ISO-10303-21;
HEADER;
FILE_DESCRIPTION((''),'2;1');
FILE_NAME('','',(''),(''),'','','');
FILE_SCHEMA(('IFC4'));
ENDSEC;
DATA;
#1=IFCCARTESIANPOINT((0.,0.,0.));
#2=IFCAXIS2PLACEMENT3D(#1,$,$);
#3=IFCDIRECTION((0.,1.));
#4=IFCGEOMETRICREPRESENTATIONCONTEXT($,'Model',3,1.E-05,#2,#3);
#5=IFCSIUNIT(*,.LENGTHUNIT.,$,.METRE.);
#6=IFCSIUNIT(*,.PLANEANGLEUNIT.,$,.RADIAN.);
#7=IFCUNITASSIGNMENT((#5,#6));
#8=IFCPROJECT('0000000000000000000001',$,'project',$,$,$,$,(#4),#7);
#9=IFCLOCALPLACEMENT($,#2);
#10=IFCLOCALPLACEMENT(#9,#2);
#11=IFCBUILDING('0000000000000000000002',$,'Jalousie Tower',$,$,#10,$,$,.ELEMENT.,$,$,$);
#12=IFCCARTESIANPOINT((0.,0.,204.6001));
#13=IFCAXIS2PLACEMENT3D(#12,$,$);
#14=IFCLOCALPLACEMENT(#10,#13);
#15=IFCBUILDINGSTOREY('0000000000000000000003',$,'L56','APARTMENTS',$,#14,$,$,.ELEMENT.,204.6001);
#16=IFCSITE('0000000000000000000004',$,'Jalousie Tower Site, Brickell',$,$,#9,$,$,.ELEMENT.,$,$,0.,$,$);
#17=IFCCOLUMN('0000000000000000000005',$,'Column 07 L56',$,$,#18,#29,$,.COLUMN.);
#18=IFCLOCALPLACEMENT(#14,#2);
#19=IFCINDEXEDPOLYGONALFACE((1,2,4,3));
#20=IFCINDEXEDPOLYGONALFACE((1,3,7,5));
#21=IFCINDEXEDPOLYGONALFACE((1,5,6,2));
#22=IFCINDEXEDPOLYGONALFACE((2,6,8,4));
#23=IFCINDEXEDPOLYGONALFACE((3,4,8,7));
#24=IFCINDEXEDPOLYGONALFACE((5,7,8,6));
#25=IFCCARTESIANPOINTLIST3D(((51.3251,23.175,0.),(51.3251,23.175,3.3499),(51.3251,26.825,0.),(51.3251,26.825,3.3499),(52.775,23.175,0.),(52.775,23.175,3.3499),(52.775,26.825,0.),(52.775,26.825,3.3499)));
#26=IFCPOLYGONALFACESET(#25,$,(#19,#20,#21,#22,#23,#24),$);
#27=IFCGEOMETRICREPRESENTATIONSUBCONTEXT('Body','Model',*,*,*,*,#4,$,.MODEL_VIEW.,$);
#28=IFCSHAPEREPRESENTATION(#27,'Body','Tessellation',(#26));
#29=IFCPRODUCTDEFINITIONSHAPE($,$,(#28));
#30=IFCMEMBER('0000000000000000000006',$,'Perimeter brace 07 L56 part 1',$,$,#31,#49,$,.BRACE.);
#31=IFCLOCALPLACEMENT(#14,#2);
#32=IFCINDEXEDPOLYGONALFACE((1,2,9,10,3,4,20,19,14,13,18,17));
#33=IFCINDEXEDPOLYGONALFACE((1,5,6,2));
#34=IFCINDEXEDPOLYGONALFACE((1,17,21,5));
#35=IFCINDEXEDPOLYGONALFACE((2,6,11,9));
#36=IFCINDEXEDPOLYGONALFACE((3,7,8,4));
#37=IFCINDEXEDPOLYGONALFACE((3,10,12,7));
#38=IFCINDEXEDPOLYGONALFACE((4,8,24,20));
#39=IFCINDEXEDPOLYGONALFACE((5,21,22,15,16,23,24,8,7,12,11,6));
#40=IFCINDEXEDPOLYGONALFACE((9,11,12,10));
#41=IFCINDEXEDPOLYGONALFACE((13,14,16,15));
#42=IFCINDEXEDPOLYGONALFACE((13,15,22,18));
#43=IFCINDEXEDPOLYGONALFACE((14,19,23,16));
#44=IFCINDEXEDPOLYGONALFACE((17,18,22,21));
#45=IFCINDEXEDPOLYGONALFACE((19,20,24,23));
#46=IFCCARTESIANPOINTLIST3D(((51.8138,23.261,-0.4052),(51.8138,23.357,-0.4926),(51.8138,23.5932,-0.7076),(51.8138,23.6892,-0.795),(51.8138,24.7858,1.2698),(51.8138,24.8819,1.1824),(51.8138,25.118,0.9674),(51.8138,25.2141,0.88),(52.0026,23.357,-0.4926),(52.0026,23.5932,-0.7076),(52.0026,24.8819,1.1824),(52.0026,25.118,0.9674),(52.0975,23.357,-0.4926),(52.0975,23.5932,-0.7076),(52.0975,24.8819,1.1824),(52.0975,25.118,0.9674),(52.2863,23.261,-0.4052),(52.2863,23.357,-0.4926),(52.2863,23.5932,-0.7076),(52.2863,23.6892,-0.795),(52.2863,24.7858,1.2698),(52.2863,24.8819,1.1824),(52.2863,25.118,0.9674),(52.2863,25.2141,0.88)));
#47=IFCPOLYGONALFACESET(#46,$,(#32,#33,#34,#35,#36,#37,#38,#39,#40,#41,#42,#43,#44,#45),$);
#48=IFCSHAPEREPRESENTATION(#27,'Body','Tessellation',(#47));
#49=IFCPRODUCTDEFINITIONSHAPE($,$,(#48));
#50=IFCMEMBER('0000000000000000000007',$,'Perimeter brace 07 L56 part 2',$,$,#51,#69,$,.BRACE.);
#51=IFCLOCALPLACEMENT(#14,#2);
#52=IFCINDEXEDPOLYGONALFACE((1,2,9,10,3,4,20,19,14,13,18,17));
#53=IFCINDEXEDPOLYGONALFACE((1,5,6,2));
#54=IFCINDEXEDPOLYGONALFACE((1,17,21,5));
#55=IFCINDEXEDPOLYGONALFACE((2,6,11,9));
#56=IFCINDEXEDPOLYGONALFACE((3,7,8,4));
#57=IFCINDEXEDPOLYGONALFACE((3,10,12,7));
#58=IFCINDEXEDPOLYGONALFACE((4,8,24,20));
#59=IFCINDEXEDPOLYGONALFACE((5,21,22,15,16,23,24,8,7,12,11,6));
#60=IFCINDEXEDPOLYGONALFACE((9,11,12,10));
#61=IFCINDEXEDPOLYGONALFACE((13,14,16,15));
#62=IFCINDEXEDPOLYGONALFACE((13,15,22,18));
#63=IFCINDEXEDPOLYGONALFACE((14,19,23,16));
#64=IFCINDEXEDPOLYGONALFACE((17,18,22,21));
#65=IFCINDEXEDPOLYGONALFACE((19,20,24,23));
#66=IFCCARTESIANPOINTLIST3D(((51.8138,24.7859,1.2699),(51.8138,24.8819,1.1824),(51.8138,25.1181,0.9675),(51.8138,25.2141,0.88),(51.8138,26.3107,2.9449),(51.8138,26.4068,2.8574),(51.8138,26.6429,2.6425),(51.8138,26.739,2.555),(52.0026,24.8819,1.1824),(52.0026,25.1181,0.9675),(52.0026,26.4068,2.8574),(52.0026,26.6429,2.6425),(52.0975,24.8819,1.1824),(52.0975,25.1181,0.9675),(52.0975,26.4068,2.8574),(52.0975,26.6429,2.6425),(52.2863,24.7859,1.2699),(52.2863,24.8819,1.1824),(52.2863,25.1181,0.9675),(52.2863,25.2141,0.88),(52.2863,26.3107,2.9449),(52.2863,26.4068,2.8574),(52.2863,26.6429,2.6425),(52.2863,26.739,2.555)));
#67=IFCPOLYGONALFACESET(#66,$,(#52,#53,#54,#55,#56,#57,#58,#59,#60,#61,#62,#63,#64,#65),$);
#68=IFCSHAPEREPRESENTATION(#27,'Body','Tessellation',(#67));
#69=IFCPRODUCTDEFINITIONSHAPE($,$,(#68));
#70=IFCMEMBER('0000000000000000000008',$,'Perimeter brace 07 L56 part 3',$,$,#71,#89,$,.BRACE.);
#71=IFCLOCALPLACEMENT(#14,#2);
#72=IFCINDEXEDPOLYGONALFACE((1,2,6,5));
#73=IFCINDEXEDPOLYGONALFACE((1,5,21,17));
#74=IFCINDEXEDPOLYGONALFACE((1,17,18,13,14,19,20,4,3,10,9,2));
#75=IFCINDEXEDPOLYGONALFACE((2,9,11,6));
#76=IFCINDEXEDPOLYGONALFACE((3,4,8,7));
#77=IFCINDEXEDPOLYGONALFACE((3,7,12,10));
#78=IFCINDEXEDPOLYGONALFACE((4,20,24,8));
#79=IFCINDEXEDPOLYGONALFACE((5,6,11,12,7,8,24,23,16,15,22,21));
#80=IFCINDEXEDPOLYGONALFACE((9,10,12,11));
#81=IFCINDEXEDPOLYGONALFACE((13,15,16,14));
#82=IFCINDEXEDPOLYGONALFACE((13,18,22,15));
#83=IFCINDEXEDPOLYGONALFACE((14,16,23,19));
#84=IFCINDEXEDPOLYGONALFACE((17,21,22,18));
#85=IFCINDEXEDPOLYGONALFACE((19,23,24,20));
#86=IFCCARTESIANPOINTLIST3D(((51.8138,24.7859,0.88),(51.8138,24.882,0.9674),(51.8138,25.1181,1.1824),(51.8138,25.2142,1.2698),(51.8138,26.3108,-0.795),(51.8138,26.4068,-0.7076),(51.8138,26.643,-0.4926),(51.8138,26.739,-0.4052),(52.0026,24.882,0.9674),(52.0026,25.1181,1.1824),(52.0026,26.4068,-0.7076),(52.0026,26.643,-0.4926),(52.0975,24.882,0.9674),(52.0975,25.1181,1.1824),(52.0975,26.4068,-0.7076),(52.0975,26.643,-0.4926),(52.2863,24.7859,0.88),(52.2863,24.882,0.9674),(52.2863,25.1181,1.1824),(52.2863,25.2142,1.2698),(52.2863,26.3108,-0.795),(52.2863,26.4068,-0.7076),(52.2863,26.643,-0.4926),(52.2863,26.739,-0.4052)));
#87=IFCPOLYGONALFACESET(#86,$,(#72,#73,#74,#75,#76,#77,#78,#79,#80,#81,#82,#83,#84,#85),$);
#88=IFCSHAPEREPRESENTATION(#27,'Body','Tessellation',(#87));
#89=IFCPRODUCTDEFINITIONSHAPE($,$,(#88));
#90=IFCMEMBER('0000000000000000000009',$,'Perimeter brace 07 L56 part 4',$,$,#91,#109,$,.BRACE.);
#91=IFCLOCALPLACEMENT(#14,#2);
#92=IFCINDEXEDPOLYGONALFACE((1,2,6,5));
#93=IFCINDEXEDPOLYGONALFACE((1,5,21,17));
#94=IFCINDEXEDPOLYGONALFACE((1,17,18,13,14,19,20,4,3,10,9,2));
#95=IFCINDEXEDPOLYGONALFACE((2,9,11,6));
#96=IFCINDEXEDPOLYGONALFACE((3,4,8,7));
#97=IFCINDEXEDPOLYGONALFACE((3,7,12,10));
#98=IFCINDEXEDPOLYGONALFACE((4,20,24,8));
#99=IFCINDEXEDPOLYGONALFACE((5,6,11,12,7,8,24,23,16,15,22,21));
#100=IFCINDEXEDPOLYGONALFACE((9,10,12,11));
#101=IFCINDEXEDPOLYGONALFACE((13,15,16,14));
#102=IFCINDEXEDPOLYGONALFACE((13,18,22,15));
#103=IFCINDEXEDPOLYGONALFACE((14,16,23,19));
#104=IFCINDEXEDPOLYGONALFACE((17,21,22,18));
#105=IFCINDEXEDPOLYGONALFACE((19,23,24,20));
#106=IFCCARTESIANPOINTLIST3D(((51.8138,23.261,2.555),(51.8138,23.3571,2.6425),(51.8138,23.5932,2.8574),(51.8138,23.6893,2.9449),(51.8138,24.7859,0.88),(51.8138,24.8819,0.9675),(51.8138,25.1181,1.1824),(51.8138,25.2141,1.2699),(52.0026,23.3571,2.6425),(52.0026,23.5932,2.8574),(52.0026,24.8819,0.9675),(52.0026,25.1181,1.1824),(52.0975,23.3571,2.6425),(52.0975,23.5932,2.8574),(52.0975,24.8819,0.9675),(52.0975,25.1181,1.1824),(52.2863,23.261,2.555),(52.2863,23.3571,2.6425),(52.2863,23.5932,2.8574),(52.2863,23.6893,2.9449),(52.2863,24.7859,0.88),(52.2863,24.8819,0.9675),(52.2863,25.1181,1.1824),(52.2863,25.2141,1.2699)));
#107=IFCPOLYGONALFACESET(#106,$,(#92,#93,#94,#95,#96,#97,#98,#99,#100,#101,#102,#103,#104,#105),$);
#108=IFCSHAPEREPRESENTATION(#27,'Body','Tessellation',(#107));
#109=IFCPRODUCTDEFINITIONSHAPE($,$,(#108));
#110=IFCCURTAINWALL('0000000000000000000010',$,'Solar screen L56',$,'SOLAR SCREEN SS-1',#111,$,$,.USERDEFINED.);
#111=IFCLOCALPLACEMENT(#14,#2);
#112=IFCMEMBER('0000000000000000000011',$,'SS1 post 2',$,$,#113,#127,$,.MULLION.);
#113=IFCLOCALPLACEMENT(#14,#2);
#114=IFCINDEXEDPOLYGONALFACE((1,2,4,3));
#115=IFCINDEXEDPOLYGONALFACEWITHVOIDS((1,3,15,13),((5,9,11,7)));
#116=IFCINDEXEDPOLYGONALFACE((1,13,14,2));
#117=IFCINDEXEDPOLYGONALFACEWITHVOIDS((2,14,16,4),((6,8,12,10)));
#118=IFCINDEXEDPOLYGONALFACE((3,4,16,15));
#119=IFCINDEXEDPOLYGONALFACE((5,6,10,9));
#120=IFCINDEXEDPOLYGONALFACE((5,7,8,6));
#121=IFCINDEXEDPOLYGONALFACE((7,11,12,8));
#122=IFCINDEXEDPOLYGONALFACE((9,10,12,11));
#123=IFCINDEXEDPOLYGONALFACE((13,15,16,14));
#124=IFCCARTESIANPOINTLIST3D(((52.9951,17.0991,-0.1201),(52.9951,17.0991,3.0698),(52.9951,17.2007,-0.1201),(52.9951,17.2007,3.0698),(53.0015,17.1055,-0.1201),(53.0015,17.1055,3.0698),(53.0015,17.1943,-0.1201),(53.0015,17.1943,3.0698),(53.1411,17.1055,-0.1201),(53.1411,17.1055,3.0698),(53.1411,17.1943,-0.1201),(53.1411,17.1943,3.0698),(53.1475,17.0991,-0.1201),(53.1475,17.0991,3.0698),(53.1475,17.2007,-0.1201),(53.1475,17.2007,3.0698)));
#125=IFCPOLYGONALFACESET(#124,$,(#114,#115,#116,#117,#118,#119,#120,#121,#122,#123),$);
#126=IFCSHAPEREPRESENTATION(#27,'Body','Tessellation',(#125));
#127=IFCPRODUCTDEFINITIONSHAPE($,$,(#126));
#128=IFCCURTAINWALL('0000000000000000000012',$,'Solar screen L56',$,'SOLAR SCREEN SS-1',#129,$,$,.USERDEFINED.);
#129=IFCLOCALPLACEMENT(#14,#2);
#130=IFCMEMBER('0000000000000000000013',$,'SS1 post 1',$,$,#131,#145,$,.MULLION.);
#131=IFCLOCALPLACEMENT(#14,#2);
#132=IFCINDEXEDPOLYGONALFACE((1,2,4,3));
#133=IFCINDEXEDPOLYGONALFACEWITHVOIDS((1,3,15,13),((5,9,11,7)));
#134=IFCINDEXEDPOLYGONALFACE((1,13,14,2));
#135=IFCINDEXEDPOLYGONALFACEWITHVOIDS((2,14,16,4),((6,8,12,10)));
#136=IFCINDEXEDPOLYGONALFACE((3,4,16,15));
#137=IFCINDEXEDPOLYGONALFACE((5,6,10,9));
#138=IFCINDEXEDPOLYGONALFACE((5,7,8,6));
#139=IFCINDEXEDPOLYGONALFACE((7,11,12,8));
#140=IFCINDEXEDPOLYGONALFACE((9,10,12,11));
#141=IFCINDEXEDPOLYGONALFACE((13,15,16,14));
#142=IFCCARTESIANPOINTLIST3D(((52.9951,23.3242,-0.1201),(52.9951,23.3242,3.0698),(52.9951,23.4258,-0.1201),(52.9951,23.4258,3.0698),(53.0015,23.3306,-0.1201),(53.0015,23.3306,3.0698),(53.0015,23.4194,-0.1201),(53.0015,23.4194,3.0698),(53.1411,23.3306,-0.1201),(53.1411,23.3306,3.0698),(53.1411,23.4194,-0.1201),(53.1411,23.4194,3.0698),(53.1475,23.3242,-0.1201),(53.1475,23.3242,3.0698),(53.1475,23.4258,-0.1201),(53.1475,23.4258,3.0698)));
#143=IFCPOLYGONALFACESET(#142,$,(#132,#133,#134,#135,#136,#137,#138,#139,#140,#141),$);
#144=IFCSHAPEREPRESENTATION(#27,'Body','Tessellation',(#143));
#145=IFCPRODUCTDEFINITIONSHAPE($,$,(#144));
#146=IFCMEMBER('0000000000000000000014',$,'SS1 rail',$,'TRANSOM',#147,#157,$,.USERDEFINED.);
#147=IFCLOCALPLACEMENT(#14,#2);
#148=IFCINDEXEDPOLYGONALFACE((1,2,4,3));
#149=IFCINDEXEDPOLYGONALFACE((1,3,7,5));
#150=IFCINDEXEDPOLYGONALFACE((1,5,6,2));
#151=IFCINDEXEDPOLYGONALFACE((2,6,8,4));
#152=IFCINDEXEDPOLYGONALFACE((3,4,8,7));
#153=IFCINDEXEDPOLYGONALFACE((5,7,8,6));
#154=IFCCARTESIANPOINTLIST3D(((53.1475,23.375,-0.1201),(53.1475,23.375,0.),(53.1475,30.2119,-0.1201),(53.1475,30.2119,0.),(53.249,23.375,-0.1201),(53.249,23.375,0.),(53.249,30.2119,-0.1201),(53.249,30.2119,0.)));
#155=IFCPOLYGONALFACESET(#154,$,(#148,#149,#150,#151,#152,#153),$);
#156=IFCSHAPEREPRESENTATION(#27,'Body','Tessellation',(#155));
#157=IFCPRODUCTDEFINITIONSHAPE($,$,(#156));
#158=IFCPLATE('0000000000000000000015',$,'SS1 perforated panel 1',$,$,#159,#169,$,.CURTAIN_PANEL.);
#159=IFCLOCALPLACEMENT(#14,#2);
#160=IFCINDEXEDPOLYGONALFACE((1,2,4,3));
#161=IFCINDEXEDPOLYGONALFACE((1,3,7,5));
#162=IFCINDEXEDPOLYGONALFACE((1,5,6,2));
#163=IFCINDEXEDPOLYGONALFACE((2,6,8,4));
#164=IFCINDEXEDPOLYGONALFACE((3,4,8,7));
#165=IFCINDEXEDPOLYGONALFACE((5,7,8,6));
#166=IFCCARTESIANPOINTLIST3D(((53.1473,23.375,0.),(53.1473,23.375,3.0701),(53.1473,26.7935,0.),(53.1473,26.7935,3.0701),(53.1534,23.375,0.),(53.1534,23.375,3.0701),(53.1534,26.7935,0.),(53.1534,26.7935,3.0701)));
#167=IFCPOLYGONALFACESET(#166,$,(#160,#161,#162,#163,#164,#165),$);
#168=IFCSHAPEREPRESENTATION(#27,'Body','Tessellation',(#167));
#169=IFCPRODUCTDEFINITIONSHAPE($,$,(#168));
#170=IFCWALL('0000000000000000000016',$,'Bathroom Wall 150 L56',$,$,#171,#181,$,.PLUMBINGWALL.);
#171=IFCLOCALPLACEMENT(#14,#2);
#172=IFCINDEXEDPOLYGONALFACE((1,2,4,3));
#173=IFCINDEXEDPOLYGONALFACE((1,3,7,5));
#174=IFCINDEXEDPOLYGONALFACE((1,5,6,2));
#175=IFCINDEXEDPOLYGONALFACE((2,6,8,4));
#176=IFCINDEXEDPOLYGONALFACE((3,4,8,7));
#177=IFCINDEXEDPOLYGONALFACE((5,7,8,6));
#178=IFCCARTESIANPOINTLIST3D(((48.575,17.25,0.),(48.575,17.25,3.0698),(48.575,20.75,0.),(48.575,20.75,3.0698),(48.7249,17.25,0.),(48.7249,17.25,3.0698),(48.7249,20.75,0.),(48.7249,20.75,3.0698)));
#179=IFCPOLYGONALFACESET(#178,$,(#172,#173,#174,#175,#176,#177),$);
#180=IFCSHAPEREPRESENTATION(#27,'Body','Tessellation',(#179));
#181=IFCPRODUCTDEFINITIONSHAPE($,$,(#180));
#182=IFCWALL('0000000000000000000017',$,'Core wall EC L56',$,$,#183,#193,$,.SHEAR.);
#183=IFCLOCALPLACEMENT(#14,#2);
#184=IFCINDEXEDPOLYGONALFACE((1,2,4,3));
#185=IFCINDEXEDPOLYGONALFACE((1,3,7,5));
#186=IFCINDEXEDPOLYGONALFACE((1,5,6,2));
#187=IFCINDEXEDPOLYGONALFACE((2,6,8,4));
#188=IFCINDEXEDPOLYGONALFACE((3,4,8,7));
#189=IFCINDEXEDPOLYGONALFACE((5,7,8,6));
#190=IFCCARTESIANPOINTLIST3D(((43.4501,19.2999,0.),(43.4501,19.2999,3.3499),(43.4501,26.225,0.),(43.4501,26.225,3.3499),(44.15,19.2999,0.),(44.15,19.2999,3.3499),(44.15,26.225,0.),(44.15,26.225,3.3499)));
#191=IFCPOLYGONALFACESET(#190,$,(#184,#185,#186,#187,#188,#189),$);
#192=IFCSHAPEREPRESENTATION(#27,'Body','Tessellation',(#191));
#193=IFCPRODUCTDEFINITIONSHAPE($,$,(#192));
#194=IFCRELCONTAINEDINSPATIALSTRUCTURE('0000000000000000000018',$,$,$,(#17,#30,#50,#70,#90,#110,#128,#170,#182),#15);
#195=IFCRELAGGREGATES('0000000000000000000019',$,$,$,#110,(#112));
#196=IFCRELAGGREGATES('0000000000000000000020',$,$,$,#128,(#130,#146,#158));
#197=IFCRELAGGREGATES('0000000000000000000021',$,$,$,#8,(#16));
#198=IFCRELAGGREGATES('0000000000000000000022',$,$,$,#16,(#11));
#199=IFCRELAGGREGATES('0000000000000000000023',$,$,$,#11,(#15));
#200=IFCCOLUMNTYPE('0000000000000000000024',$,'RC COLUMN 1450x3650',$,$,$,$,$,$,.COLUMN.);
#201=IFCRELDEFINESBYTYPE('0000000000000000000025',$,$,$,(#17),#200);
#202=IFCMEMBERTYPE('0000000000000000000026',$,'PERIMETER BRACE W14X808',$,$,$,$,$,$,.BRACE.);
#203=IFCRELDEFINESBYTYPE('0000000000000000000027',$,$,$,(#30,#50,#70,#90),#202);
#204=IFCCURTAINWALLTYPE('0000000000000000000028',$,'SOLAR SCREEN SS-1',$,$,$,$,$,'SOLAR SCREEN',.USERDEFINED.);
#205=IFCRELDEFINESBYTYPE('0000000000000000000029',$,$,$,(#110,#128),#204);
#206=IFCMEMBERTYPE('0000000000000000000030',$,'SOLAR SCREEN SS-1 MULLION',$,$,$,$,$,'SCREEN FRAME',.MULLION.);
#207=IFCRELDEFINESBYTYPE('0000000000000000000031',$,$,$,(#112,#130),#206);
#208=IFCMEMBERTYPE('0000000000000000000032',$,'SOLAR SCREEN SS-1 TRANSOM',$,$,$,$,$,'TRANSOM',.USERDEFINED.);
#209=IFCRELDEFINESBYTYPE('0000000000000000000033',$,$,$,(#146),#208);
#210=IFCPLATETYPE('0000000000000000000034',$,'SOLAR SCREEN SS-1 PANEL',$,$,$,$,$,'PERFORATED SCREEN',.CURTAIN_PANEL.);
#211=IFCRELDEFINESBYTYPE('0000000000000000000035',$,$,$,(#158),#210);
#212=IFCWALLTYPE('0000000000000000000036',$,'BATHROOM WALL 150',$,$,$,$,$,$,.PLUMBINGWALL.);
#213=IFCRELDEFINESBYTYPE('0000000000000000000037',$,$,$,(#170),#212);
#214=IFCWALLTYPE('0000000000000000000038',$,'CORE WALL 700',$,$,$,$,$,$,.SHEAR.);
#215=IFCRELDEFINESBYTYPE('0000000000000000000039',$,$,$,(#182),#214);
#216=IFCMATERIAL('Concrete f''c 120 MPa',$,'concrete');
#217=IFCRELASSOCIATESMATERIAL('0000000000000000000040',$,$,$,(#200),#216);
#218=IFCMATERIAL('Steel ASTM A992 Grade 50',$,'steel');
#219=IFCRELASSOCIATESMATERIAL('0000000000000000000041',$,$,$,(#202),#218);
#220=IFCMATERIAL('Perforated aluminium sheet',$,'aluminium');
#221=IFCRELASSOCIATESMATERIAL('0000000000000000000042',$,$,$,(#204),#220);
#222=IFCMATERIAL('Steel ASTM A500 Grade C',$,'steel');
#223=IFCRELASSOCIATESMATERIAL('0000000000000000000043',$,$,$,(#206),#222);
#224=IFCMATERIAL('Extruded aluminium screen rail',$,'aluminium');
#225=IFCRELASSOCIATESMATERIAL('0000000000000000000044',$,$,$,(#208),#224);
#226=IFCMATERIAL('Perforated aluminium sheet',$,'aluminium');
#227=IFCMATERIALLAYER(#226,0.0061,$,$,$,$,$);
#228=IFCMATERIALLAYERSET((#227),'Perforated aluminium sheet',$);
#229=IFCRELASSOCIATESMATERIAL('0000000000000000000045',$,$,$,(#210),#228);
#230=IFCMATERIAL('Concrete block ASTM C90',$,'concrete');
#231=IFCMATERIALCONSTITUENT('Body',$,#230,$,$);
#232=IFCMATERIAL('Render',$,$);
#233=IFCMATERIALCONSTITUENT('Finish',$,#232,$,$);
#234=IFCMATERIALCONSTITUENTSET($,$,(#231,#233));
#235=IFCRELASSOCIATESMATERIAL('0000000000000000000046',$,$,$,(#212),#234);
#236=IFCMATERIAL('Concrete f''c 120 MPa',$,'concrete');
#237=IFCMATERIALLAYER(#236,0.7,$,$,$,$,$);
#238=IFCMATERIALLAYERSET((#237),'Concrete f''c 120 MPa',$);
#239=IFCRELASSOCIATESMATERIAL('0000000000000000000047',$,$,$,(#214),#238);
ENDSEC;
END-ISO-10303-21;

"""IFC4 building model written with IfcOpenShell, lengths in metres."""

from ifc_helpers import new_model, si_unit, direction, frame, frame_2d, origin, origin_2d, place, context, subcontext, project, spatial, rectangle, hollow_rectangle, i_section, extrude, material, layer, layer_set, constituent, constituent_set, material_profile, profile_set, type_object, element, aggregate, save


model = new_model("IFC4")

# Units and contexts
model_context = context("Model", 3, precision=1e-05, world=origin(), true_north=direction((0.0, 1.0)))
body_context = subcontext(model_context, "Body", "Model", "MODEL_VIEW")
ifc_project = project(units=[si_unit("LENGTHUNIT", "METRE"), si_unit("PLANEANGLEUNIT", "RADIAN")], contexts=[model_context])

# Site, building, storey
site_placement = place(None, origin())
site = spatial("IfcSite", under=ifc_project, at=site_placement, Name="Jalousie Tower Site, Brickell", CompositionType="ELEMENT", RefElevation=0.0)
building_placement = place(site_placement, origin())
building = spatial("IfcBuilding", under=site, at=building_placement, Name="Jalousie Tower", CompositionType="ELEMENT")
storey_placement = place(building_placement, frame((0.0, 0.0, 204.6001)))
storey = spatial("IfcBuildingStorey", under=building, at=storey_placement, Name="L56", Description="APARTMENTS", CompositionType="ELEMENT", Elevation=204.6001)

# Column
ifc_material_1 = material(Name="Concrete f'c 120 MPa", Category="concrete")
ifc_material_profile_1 = material_profile(ifc_material_1, rectangle(XDim=1.45, YDim=3.6499, at=origin_2d()), Name="RC 1450x3650")
ifc_profile_set_1 = profile_set([ifc_material_profile_1], Name="Concrete f'c 120 MPa")
column_type = type_object("IfcColumnType", Name="RC COLUMN 1450x3650", PredefinedType="COLUMN", material=ifc_profile_set_1)
column_placement = place(storey_placement, frame((52.05, 25.0, 0.0), z_axis=(0.0, 0.0, 1.0), x_axis=(1.0, 0.0, 0.0)))
element("IfcColumn", 1, at=column_placement, inside=storey, type_object=column_type, Name="Column 07 L56", PredefinedType="COLUMN", context=body_context, shape_type="SweptSolid", body=[
    extrude(rectangle(XDim=1.45, YDim=3.6499, at=origin_2d()), origin(), (0.0, 0.0, 1.0), 3.3499),
])

# Members
ifc_material_2 = material(Name="Steel ASTM A992 Grade 50", Category="steel")
ifc_material_profile_2 = material_profile(ifc_material_2, i_section(OverallWidth=0.4724, OverallDepth=0.5791, WebThickness=0.095, FlangeThickness=0.1299, at=origin_2d()), Name="W14X808")
ifc_profile_set_2 = profile_set([ifc_material_profile_2], Name="Steel ASTM A992 Grade 50")
member_type_1 = type_object("IfcMemberType", Name="PERIMETER BRACE W14X808", PredefinedType="BRACE", material=ifc_profile_set_2)
for number, where, z_axis, x_axis, name in (
    (2, (52.05, 23.4751, -0.6001), (0.0, 0.673188, 0.739472), (-1.0, 0.0, 0.0), "Perimeter brace 07 L56 part 1"),
    (3, (52.05, 25.0, 1.075), (0.0, 0.673188, 0.739472), (-1.0, 0.0, 0.0), "Perimeter brace 07 L56 part 2"),
    (4, (52.05, 26.5249, -0.6001), (0.0, -0.673188, 0.739472), (1.0, 0.0, 0.0), "Perimeter brace 07 L56 part 3"),
    (5, (52.05, 25.0, 1.075), (0.0, -0.673188, 0.739472), (1.0, 0.0, 0.0), "Perimeter brace 07 L56 part 4"),
):
    element("IfcMember", number, at=place(storey_placement, frame(where, z_axis=z_axis, x_axis=x_axis)), inside=storey, type_object=member_type_1, Name=name, PredefinedType="BRACE", context=body_context, shape_type="SweptSolid", body=[
        extrude(i_section(OverallWidth=0.4724, OverallDepth=0.5791, WebThickness=0.095, FlangeThickness=0.1299, at=origin_2d()), origin(), (0.0, 0.0, 1.0), 2.2651),
    ])

# Curtain wall, member
ifc_material_3 = material(Name="Perforated aluminium sheet", Category="aluminium")
curtain_wall_type = type_object("IfcCurtainWallType", Name="SOLAR SCREEN SS-1", ElementType="SOLAR SCREEN", PredefinedType="USERDEFINED", material=ifc_material_3)
curtain_wall_1_placement = place(storey_placement, origin())
curtain_wall_1 = element("IfcCurtainWall", 6, at=curtain_wall_1_placement, inside=storey, type_object=curtain_wall_type, Name="Solar screen L56", ObjectType="SOLAR SCREEN SS-1", PredefinedType="USERDEFINED")
ifc_material_4 = material(Name="Steel ASTM A500 Grade C", Category="steel")
ifc_material_profile_3 = material_profile(ifc_material_4, hollow_rectangle(XDim=0.1016, YDim=0.1523, WallThickness=0.0063, at=origin_2d()), Name="HSS6X4X1/4")
ifc_profile_set_3 = profile_set([ifc_material_profile_3], Name="Steel ASTM A500 Grade C")
member_type_2 = type_object("IfcMemberType", Name="SOLAR SCREEN SS-1 MULLION", ElementType="SCREEN FRAME", PredefinedType="MULLION", material=ifc_profile_set_3)
member_1_placement = place(storey_placement, frame((53.0713, 17.1499, -0.1201), z_axis=(0.0, 0.0, 1.0), x_axis=(0.0, 1.0, 0.0)))
member_1 = element("IfcMember", 7, at=member_1_placement, type_object=member_type_2, Name="SS1 post 2", PredefinedType="MULLION", context=body_context, shape_type="SweptSolid", body=[
    extrude(hollow_rectangle(XDim=0.1016, YDim=0.1523, WallThickness=0.0063, at=origin_2d()), origin(), (0.0, 0.0, 1.0), 3.1899),
])
aggregate(curtain_wall_1, [member_1])

# Curtain wall, members, plate
curtain_wall_2_placement = place(storey_placement, origin())
curtain_wall_2 = element("IfcCurtainWall", 8, at=curtain_wall_2_placement, inside=storey, type_object=curtain_wall_type, Name="Solar screen L56", ObjectType="SOLAR SCREEN SS-1", PredefinedType="USERDEFINED")
member_2_placement = place(storey_placement, frame((53.0713, 23.375, -0.1201), z_axis=(0.0, 0.0, 1.0), x_axis=(0.0, 1.0, 0.0)))
member_2 = element("IfcMember", 9, at=member_2_placement, type_object=member_type_2, Name="SS1 post 1", PredefinedType="MULLION", context=body_context, shape_type="SweptSolid", body=[
    extrude(hollow_rectangle(XDim=0.1016, YDim=0.1523, WallThickness=0.0063, at=origin_2d()), origin(), (0.0, 0.0, 1.0), 3.1899),
])
ifc_material_5 = material(Name="Extruded aluminium screen rail", Category="aluminium")
ifc_material_profile_4 = material_profile(ifc_material_5, rectangle(XDim=0.1016, YDim=0.1201, at=origin_2d()), Name="RAIL 102x120")
ifc_profile_set_4 = profile_set([ifc_material_profile_4], Name="Extruded aluminium screen rail")
member_type_3 = type_object("IfcMemberType", Name="SOLAR SCREEN SS-1 TRANSOM", ElementType="TRANSOM", PredefinedType="USERDEFINED", material=ifc_profile_set_4)
member_3_placement = place(storey_placement, frame((53.1982, 23.375, -0.0601), z_axis=(0.0, 1.0, 0.0), x_axis=(-1.0, 0.0, 0.0)))
member_3 = element("IfcMember", 10, at=member_3_placement, type_object=member_type_3, Name="SS1 rail", ObjectType="TRANSOM", PredefinedType="USERDEFINED", context=body_context, shape_type="SweptSolid", body=[
    extrude(rectangle(XDim=0.1016, YDim=0.1201, at=origin_2d()), origin(), (0.0, 0.0, 1.0), 6.8369),
])
ifc_material_6 = material(Name="Perforated aluminium sheet", Category="aluminium")
ifc_layer_1 = layer(ifc_material_6, 0.0061)
ifc_layer_set_1 = layer_set([ifc_layer_1], Name="Perforated aluminium sheet")
plate_type = type_object("IfcPlateType", Name="SOLAR SCREEN SS-1 PANEL", ElementType="PERFORATED SCREEN", PredefinedType="CURTAIN_PANEL", material=ifc_layer_set_1)
plate_placement = place(storey_placement, frame((53.1504, 25.0842, 0.0), z_axis=(0.0, 0.0, 1.0), x_axis=(0.0, 1.0, 0.0)))
plate = element("IfcPlate", 11, at=plate_placement, type_object=plate_type, Name="SS1 perforated panel 1", PredefinedType="CURTAIN_PANEL", context=body_context, shape_type="SweptSolid", body=[
    extrude(rectangle(XDim=3.4185, YDim=0.0061, at=origin_2d()), origin(), (0.0, 0.0, 1.0), 3.0701),
])
aggregate(curtain_wall_2, [member_2, member_3, plate])

# Walls
ifc_material_7 = material(Name="Concrete block ASTM C90", Category="concrete")
ifc_constituent_1 = constituent(ifc_material_7, Name="Body")
ifc_material_8 = material(Name="Render")
ifc_constituent_2 = constituent(ifc_material_8, Name="Finish")
ifc_constituent_set_1 = constituent_set(constituents=[ifc_constituent_1, ifc_constituent_2])
wall_type_1 = type_object("IfcWallType", Name="BATHROOM WALL 150", PredefinedType="PLUMBINGWALL", material=ifc_constituent_set_1)
wall_1_placement = place(storey_placement, frame((48.6499, 17.25, 0.0), z_axis=(0.0, 0.0, 1.0), x_axis=(0.0, 1.0, 0.0)))
element("IfcWall", 12, at=wall_1_placement, inside=storey, type_object=wall_type_1, Name="Bathroom Wall 150 L56", PredefinedType="PLUMBINGWALL", context=body_context, shape_type="SweptSolid", body=[
    extrude(rectangle(XDim=3.5, YDim=0.1499, at=frame_2d((1.75, 0.0))), origin(), (0.0, 0.0, 1.0), 3.0698),
])
ifc_material_9 = material(Name="Concrete f'c 120 MPa", Category="concrete")
ifc_layer_2 = layer(ifc_material_9, 0.7)
ifc_layer_set_2 = layer_set([ifc_layer_2], Name="Concrete f'c 120 MPa")
wall_type_2 = type_object("IfcWallType", Name="CORE WALL 700", PredefinedType="SHEAR", material=ifc_layer_set_2)
wall_2_placement = place(storey_placement, frame((43.8, 19.3, 0.0), z_axis=(0.0, 0.0, 1.0), x_axis=(0.0, 1.0, 0.0)))
element("IfcWall", 13, at=wall_2_placement, inside=storey, type_object=wall_type_2, Name="Core wall EC L56", PredefinedType="SHEAR", context=body_context, shape_type="SweptSolid", body=[
    extrude(rectangle(XDim=6.925, YDim=0.7, at=frame_2d((3.4624, 0.0))), origin(), (0.0, 0.0, 1.0), 3.3499),
])

save(model, "model.ifc")
